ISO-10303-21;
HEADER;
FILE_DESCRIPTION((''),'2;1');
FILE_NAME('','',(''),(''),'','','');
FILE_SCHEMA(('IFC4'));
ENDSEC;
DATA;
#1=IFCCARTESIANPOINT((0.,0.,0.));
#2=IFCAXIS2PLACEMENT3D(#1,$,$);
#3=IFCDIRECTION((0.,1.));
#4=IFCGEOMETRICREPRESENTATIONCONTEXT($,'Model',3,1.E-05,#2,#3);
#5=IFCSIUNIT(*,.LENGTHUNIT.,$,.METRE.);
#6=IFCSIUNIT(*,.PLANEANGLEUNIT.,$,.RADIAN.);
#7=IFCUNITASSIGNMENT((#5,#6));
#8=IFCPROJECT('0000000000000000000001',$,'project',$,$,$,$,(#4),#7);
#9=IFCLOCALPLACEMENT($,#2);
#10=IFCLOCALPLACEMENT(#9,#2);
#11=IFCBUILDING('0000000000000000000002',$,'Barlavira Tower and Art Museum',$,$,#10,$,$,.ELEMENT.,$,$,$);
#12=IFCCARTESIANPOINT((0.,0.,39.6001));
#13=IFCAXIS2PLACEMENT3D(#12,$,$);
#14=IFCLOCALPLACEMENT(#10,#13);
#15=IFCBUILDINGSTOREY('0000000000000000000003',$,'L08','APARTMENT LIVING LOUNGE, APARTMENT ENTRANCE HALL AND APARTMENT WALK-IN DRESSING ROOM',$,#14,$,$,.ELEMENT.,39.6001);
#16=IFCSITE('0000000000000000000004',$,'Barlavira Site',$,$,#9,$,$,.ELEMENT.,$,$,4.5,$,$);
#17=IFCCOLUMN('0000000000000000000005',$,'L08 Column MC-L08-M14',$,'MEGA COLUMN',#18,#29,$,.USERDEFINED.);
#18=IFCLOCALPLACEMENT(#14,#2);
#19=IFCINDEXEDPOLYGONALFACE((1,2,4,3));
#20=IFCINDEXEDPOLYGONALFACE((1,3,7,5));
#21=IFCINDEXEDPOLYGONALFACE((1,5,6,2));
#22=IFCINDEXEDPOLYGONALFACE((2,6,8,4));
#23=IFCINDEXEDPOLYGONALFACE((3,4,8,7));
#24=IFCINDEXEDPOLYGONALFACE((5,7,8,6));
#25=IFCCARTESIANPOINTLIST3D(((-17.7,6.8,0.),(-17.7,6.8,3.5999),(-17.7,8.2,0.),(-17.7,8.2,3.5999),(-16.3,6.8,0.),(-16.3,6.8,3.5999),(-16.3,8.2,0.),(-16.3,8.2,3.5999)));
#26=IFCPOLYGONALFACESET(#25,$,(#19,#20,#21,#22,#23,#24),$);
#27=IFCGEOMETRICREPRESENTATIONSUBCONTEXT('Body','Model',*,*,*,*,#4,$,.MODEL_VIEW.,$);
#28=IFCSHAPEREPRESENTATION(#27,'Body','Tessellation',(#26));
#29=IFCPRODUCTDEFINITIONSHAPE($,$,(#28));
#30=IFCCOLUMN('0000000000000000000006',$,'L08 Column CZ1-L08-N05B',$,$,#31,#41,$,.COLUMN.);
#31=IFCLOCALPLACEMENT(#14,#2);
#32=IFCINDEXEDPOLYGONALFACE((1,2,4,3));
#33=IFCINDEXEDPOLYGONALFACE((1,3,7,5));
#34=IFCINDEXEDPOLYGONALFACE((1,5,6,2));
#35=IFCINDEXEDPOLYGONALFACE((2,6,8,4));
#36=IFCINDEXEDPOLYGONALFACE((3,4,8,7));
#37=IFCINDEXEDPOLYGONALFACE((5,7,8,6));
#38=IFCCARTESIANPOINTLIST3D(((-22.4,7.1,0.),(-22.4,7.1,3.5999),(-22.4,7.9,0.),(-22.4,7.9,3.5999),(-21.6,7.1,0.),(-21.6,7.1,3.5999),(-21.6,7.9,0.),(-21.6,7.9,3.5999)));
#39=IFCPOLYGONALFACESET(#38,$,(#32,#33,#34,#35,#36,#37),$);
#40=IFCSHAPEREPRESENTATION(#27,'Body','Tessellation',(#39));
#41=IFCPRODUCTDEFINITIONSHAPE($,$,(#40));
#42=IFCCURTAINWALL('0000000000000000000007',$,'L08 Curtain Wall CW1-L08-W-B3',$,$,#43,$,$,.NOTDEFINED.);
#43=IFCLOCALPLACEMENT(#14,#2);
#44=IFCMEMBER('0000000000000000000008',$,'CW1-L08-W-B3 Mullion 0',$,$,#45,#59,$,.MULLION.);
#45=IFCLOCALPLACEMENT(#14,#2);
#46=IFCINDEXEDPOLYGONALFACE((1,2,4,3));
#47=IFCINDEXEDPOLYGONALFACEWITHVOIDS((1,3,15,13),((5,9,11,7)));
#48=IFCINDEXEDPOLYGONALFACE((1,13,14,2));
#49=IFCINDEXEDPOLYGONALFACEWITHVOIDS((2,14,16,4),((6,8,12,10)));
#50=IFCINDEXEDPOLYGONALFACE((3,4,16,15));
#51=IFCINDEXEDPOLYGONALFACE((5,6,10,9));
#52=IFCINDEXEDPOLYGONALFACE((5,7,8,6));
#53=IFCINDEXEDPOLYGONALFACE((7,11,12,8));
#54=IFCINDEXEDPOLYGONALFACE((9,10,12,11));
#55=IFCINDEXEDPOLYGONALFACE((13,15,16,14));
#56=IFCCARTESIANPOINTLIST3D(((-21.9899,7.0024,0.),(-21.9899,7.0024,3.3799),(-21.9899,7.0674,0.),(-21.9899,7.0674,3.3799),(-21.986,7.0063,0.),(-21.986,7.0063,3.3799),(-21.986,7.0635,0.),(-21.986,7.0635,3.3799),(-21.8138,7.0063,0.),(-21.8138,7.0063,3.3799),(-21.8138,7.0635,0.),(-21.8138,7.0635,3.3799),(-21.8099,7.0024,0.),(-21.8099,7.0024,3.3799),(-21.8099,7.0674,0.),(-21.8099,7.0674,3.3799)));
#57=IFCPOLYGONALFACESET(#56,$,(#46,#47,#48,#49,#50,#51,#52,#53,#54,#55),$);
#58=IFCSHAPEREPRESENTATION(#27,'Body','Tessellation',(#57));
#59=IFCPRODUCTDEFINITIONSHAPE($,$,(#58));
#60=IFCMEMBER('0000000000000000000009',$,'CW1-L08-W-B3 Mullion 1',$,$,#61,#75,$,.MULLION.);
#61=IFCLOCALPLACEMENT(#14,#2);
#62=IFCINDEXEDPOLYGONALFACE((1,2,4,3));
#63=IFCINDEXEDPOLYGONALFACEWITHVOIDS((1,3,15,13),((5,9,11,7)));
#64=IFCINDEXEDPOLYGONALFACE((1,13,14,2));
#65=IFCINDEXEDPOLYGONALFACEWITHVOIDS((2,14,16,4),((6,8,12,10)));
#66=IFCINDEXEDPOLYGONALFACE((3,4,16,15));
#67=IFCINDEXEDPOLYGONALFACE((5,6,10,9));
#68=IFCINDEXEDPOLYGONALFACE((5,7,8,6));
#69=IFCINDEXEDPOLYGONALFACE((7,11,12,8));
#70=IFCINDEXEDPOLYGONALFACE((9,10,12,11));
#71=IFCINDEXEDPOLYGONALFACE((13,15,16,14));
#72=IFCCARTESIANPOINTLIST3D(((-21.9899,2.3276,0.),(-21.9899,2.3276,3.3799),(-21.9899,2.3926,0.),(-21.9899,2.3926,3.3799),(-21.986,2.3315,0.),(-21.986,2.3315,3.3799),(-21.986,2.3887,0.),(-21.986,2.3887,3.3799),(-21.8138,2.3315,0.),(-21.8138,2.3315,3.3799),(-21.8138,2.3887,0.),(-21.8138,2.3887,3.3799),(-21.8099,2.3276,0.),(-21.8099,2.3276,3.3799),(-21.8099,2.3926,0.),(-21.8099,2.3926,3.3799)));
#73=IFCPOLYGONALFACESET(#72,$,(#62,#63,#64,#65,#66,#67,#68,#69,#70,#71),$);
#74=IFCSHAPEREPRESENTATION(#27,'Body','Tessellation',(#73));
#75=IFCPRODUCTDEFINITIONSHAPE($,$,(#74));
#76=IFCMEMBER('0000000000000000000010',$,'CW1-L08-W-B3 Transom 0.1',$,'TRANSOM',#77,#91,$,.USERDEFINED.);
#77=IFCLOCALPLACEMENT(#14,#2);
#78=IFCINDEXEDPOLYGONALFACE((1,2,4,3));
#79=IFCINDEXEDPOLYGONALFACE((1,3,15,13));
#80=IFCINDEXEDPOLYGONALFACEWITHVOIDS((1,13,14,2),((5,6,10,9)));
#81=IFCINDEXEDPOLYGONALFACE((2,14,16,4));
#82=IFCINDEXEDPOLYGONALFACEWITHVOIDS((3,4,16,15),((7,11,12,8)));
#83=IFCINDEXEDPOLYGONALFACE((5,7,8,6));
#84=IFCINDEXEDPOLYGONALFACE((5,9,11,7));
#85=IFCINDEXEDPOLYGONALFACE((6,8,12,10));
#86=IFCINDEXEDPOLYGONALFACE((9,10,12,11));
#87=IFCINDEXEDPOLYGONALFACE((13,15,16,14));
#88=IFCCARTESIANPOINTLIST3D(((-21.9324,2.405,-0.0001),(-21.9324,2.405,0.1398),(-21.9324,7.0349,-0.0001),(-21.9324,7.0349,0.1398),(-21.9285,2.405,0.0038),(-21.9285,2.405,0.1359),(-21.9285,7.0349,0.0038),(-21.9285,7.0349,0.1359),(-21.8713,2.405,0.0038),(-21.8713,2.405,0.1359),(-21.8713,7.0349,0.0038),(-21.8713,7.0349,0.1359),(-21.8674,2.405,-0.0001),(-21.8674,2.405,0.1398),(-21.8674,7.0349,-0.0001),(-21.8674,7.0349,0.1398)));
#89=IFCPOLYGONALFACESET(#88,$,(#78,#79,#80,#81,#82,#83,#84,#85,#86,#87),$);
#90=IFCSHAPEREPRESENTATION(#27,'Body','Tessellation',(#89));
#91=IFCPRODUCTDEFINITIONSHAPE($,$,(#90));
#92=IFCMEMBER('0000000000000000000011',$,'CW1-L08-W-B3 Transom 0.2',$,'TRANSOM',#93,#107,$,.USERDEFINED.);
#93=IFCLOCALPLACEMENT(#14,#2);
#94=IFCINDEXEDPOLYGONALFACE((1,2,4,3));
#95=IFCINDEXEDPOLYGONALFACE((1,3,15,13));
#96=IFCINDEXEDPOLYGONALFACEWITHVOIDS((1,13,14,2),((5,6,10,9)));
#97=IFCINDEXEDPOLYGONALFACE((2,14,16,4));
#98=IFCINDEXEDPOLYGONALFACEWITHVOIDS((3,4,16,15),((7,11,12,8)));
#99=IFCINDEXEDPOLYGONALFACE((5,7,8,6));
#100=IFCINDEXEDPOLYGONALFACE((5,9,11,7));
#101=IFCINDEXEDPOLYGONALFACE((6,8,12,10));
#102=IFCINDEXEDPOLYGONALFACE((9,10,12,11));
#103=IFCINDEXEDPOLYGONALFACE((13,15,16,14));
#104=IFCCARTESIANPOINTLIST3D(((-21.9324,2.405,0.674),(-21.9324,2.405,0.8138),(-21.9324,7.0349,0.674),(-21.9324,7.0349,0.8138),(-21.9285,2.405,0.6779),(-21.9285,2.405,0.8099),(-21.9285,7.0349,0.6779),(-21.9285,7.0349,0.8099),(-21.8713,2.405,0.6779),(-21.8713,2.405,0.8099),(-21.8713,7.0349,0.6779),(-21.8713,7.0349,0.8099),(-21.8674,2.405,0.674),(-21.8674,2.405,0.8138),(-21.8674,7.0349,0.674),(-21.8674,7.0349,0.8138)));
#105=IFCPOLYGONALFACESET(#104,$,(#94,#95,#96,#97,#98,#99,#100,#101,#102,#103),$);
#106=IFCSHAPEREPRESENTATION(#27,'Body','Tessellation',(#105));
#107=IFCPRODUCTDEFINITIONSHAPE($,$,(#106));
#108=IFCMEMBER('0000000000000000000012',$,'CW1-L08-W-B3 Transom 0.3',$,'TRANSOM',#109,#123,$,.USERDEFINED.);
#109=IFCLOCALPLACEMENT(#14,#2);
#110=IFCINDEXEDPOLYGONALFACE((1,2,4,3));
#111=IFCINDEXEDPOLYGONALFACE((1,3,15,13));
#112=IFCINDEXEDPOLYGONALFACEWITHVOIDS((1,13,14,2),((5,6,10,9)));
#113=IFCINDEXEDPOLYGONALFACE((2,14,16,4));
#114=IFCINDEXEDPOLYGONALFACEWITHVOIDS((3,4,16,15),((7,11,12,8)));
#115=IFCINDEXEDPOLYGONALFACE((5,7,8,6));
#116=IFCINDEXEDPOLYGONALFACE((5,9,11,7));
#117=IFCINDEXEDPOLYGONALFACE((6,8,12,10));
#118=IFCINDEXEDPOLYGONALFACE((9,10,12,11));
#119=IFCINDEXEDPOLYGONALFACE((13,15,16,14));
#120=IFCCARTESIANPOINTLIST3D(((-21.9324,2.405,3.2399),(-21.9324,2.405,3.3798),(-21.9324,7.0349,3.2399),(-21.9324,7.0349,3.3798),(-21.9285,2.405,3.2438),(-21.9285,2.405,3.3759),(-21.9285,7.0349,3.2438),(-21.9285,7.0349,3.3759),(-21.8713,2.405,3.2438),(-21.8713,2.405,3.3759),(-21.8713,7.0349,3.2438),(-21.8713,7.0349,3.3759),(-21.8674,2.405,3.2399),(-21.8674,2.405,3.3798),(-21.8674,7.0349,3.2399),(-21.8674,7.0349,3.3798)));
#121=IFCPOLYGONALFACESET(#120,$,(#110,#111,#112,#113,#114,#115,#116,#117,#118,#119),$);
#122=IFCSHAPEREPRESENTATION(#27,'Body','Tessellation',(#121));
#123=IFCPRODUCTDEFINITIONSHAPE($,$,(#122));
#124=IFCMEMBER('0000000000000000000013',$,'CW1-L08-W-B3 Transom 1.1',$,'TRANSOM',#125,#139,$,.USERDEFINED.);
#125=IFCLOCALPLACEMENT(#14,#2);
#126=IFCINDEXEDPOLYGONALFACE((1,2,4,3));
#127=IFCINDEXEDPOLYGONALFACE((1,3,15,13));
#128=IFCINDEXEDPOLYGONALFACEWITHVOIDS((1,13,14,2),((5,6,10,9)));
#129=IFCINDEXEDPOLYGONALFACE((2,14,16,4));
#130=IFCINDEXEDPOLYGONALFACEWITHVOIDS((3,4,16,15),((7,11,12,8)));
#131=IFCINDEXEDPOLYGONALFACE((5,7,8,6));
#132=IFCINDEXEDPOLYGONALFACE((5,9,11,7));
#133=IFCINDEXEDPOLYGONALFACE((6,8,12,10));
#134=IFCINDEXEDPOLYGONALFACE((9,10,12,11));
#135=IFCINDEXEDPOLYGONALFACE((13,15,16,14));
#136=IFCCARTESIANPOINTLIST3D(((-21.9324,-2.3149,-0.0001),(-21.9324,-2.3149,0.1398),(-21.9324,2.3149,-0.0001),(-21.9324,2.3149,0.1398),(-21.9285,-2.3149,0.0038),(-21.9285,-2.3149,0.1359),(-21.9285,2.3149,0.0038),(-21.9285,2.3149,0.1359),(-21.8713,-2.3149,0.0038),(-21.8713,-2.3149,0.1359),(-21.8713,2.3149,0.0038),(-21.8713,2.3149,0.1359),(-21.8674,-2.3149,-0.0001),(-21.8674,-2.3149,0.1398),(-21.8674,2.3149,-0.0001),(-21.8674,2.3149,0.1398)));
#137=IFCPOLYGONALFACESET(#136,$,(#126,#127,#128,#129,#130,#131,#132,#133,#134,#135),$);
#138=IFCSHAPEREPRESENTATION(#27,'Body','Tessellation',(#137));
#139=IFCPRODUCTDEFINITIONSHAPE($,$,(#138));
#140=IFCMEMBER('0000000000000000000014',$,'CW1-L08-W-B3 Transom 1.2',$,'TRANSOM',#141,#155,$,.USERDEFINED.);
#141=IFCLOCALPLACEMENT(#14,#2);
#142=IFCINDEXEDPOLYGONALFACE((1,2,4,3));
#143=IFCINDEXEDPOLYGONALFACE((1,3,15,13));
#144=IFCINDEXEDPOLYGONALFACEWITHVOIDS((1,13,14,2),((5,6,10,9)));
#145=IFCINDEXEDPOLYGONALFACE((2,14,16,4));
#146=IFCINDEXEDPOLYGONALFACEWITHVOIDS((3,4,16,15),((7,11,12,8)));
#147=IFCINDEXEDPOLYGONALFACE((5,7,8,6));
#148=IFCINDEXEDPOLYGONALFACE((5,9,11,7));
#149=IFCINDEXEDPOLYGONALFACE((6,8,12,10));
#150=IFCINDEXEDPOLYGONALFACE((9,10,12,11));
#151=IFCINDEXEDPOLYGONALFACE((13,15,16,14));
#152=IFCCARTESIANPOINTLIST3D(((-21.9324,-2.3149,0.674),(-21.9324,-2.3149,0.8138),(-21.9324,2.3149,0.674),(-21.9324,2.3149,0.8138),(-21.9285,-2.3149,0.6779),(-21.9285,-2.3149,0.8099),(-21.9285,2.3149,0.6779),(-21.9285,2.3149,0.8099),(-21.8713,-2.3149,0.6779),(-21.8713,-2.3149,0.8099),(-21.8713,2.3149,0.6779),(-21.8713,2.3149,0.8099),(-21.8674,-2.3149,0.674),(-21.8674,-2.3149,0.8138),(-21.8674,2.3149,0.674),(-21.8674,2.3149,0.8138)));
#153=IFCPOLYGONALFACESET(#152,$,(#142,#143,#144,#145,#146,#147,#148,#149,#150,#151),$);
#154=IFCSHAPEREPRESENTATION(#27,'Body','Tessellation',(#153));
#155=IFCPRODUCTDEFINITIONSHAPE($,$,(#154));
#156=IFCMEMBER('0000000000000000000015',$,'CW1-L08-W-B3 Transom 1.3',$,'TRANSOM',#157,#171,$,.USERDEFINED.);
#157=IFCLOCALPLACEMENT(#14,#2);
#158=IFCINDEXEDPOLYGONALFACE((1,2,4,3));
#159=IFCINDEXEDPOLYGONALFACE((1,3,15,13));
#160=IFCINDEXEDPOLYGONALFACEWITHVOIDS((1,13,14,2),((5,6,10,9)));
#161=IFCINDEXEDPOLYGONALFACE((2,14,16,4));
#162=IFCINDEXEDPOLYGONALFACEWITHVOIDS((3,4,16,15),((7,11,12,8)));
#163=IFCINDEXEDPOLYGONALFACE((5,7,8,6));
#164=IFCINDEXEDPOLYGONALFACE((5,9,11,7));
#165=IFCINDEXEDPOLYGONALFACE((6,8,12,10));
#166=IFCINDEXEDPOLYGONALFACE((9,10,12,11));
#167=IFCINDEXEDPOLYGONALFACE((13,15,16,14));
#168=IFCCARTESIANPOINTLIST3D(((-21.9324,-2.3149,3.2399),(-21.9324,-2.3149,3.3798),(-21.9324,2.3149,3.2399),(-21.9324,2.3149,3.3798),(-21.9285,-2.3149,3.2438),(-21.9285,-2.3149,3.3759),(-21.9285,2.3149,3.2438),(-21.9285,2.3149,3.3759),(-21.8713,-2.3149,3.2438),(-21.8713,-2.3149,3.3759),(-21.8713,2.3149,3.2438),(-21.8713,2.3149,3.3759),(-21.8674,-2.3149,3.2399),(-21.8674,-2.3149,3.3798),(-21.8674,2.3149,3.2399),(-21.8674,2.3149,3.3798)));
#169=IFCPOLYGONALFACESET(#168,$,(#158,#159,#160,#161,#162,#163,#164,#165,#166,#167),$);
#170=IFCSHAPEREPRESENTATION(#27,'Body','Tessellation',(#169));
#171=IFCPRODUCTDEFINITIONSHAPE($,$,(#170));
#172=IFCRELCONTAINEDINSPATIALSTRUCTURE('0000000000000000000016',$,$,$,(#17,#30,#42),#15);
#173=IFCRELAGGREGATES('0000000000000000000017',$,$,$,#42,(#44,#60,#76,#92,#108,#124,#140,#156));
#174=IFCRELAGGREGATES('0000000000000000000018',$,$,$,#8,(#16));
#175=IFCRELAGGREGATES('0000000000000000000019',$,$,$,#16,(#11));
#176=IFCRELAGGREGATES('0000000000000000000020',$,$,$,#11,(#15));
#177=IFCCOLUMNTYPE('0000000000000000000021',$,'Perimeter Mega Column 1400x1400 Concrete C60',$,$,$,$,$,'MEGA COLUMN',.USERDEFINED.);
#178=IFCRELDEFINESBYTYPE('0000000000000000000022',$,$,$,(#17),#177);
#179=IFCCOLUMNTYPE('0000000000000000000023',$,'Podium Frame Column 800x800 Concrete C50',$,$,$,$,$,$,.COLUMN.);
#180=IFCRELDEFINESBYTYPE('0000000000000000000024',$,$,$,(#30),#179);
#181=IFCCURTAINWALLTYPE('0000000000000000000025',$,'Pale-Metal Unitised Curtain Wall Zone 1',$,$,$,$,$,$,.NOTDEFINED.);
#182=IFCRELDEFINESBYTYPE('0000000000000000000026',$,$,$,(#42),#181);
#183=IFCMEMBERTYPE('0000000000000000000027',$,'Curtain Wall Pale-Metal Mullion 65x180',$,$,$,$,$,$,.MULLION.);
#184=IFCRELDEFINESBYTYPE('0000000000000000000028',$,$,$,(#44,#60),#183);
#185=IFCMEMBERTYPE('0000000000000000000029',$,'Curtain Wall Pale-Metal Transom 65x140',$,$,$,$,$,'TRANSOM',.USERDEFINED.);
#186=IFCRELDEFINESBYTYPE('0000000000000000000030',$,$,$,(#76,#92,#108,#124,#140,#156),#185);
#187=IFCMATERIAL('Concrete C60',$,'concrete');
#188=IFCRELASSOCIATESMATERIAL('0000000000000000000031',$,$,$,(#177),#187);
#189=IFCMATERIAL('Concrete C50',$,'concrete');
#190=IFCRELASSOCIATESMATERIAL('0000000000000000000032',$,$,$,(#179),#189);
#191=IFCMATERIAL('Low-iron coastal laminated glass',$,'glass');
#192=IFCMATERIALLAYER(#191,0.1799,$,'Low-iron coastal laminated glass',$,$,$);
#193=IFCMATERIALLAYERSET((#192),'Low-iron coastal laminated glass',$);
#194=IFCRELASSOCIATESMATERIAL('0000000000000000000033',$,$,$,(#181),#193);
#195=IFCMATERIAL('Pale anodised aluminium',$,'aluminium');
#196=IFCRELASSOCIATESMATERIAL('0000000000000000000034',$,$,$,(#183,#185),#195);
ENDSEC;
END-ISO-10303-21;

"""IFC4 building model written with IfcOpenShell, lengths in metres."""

from ifc_helpers import new_model, si_unit, direction, frame, origin, origin_2d, place, context, subcontext, project, spatial, rectangle, hollow_rectangle, extrude, material, layer, layer_set, material_profile, profile_set, type_object, element, aggregate, save


model = new_model("IFC4")

# Units and contexts
model_context = context("Model", 3, precision=1e-05, world=origin(), true_north=direction((0.0, 1.0)))
body_context = subcontext(model_context, "Body", "Model", "MODEL_VIEW")
ifc_project = project(units=[si_unit("LENGTHUNIT", "METRE"), si_unit("PLANEANGLEUNIT", "RADIAN")], contexts=[model_context])

# Site, building, storey
site_placement = place(None, origin())
site = spatial("IfcSite", under=ifc_project, at=site_placement, Name="Barlavira Site", CompositionType="ELEMENT", RefElevation=4.5)
building_placement = place(site_placement, origin())
building = spatial("IfcBuilding", under=site, at=building_placement, Name="Barlavira Tower and Art Museum", CompositionType="ELEMENT")
storey_placement = place(building_placement, frame((0.0, 0.0, 39.6001)))
storey = spatial("IfcBuildingStorey", under=building, at=storey_placement, Name="L08", Description="APARTMENT LIVING LOUNGE, APARTMENT ENTRANCE HALL AND APARTMENT WALK-IN DRESSING ROOM", CompositionType="ELEMENT", Elevation=39.6001)

# Columns
ifc_material_1 = material(Name="Concrete C60", Category="concrete")
ifc_material_profile_1 = material_profile(ifc_material_1, rectangle(XDim=1.3999, YDim=1.3999, at=origin_2d()), Name="RC-MCOL 1400x1400")
ifc_profile_set_1 = profile_set([ifc_material_profile_1], Name="Concrete C60")
column_type_1 = type_object("IfcColumnType", Name="Perimeter Mega Column 1400x1400 Concrete C60", ElementType="MEGA COLUMN", PredefinedType="USERDEFINED", material=ifc_profile_set_1)
column_1_placement = place(storey_placement, frame((-17.0, 7.5, 0.0), z_axis=(0.0, 0.0, 1.0), x_axis=(1.0, 0.0, 0.0)))
element("IfcColumn", 1, at=column_1_placement, inside=storey, type_object=column_type_1, Name="L08 Column MC-L08-M14", ObjectType="MEGA COLUMN", PredefinedType="USERDEFINED", context=body_context, shape_type="SweptSolid", body=[
    extrude(rectangle(XDim=1.3999, YDim=1.3999, at=origin_2d()), origin(), (0.0, 0.0, 1.0), 3.5999),
])
ifc_material_2 = material(Name="Concrete C50", Category="concrete")
ifc_material_profile_2 = material_profile(ifc_material_2, rectangle(XDim=0.8, YDim=0.8, at=origin_2d()), Name="RC-COL 800x800")
ifc_profile_set_2 = profile_set([ifc_material_profile_2], Name="Concrete C50")
column_type_2 = type_object("IfcColumnType", Name="Podium Frame Column 800x800 Concrete C50", PredefinedType="COLUMN", material=ifc_profile_set_2)
column_2_placement = place(storey_placement, frame((-22.0, 7.5, 0.0), z_axis=(0.0, 0.0, 1.0), x_axis=(1.0, 0.0, 0.0)))
element("IfcColumn", 2, at=column_2_placement, inside=storey, type_object=column_type_2, Name="L08 Column CZ1-L08-N05B", PredefinedType="COLUMN", context=body_context, shape_type="SweptSolid", body=[
    extrude(rectangle(XDim=0.8, YDim=0.8, at=origin_2d()), origin(), (0.0, 0.0, 1.0), 3.5999),
])

# Curtain wall, members
ifc_material_3 = material(Name="Low-iron coastal laminated glass", Category="glass")
ifc_layer_1 = layer(ifc_material_3, 0.1799, Name="Low-iron coastal laminated glass")
ifc_layer_set_1 = layer_set([ifc_layer_1], Name="Low-iron coastal laminated glass")
curtain_wall_type = type_object("IfcCurtainWallType", Name="Pale-Metal Unitised Curtain Wall Zone 1", PredefinedType="NOTDEFINED", material=ifc_layer_set_1)
curtain_wall_placement = place(storey_placement, origin())
curtain_wall = element("IfcCurtainWall", 3, at=curtain_wall_placement, inside=storey, type_object=curtain_wall_type, Name="L08 Curtain Wall CW1-L08-W-B3", PredefinedType="NOTDEFINED")
ifc_material_4 = material(Name="Pale anodised aluminium", Category="aluminium")
ifc_material_profile_3 = material_profile(ifc_material_4, hollow_rectangle(XDim=0.0649, YDim=0.1799, WallThickness=0.0039, at=origin_2d()), Name="ALU-MULL 65x180x4")
ifc_profile_set_3 = profile_set([ifc_material_profile_3], Name="Pale anodised aluminium")
member_type_1 = type_object("IfcMemberType", Name="Curtain Wall Pale-Metal Mullion 65x180", PredefinedType="MULLION", material=ifc_profile_set_3)
member_1_placement = place(storey_placement, frame((-21.8999, 7.0349, 0.0), z_axis=(0.0, 0.0, 1.0), x_axis=(0.0, -1.0, 0.0)))
member_1 = element("IfcMember", 4, at=member_1_placement, type_object=member_type_1, Name="CW1-L08-W-B3 Mullion 0", PredefinedType="MULLION", context=body_context, shape_type="SweptSolid", body=[
    extrude(hollow_rectangle(XDim=0.0649, YDim=0.1799, WallThickness=0.0039, at=origin_2d()), origin(), (0.0, 0.0, 1.0), 3.3799),
])
member_2_placement = place(storey_placement, frame((-21.8999, 2.3601, 0.0), z_axis=(0.0, 0.0, 1.0), x_axis=(0.0, -1.0, 0.0)))
member_2 = element("IfcMember", 5, at=member_2_placement, type_object=member_type_1, Name="CW1-L08-W-B3 Mullion 1", PredefinedType="MULLION", context=body_context, shape_type="SweptSolid", body=[
    extrude(hollow_rectangle(XDim=0.0649, YDim=0.1799, WallThickness=0.0039, at=origin_2d()), origin(), (0.0, 0.0, 1.0), 3.3799),
])
ifc_material_profile_4 = material_profile(ifc_material_4, hollow_rectangle(XDim=0.0649, YDim=0.1399, WallThickness=0.0039, at=origin_2d()), Name="ALU-TRAN 65x140x4")
ifc_profile_set_4 = profile_set([ifc_material_profile_4], Name="Pale anodised aluminium")
member_type_2 = type_object("IfcMemberType", Name="Curtain Wall Pale-Metal Transom 65x140", ElementType="TRANSOM", PredefinedType="USERDEFINED", material=ifc_profile_set_4)
member_3_placement = place(storey_placement, frame((-21.8999, 7.0349, 0.0698), z_axis=(0.0, -1.0, 0.0), x_axis=(1.0, 0.0, 0.0)))
member_3 = element("IfcMember", 6, at=member_3_placement, type_object=member_type_2, Name="CW1-L08-W-B3 Transom 0.1", ObjectType="TRANSOM", PredefinedType="USERDEFINED", context=body_context, shape_type="SweptSolid", body=[
    extrude(hollow_rectangle(XDim=0.0649, YDim=0.1399, WallThickness=0.0039, at=origin_2d()), origin(), (0.0, 0.0, 1.0), 4.6299),
])
member_4_placement = place(storey_placement, frame((-21.8999, 7.0349, 0.7439), z_axis=(0.0, -1.0, 0.0), x_axis=(1.0, 0.0, 0.0)))
member_4 = element("IfcMember", 7, at=member_4_placement, type_object=member_type_2, Name="CW1-L08-W-B3 Transom 0.2", ObjectType="TRANSOM", PredefinedType="USERDEFINED", context=body_context, shape_type="SweptSolid", body=[
    extrude(hollow_rectangle(XDim=0.0649, YDim=0.1399, WallThickness=0.0039, at=origin_2d()), origin(), (0.0, 0.0, 1.0), 4.6299),
])
member_5_placement = place(storey_placement, frame((-21.8999, 7.0349, 3.3098), z_axis=(0.0, -1.0, 0.0), x_axis=(1.0, 0.0, 0.0)))
member_5 = element("IfcMember", 8, at=member_5_placement, type_object=member_type_2, Name="CW1-L08-W-B3 Transom 0.3", ObjectType="TRANSOM", PredefinedType="USERDEFINED", context=body_context, shape_type="SweptSolid", body=[
    extrude(hollow_rectangle(XDim=0.0649, YDim=0.1399, WallThickness=0.0039, at=origin_2d()), origin(), (0.0, 0.0, 1.0), 4.6299),
])
member_6_placement = place(storey_placement, frame((-21.8999, 2.3149, 0.0698), z_axis=(0.0, -1.0, 0.0), x_axis=(1.0, 0.0, 0.0)))
member_6 = element("IfcMember", 9, at=member_6_placement, type_object=member_type_2, Name="CW1-L08-W-B3 Transom 1.1", ObjectType="TRANSOM", PredefinedType="USERDEFINED", context=body_context, shape_type="SweptSolid", body=[
    extrude(hollow_rectangle(XDim=0.0649, YDim=0.1399, WallThickness=0.0039, at=origin_2d()), origin(), (0.0, 0.0, 1.0), 4.6299),
])
member_7_placement = place(storey_placement, frame((-21.8999, 2.3149, 0.7439), z_axis=(0.0, -1.0, 0.0), x_axis=(1.0, 0.0, 0.0)))
member_7 = element("IfcMember", 10, at=member_7_placement, type_object=member_type_2, Name="CW1-L08-W-B3 Transom 1.2", ObjectType="TRANSOM", PredefinedType="USERDEFINED", context=body_context, shape_type="SweptSolid", body=[
    extrude(hollow_rectangle(XDim=0.0649, YDim=0.1399, WallThickness=0.0039, at=origin_2d()), origin(), (0.0, 0.0, 1.0), 4.6299),
])
member_8_placement = place(storey_placement, frame((-21.8999, 2.3149, 3.3098), z_axis=(0.0, -1.0, 0.0), x_axis=(1.0, 0.0, 0.0)))
member_8 = element("IfcMember", 11, at=member_8_placement, type_object=member_type_2, Name="CW1-L08-W-B3 Transom 1.3", ObjectType="TRANSOM", PredefinedType="USERDEFINED", context=body_context, shape_type="SweptSolid", body=[
    extrude(hollow_rectangle(XDim=0.0649, YDim=0.1399, WallThickness=0.0039, at=origin_2d()), origin(), (0.0, 0.0, 1.0), 4.6299),
])

aggregate(curtain_wall, [member_1, member_2, member_3, member_4, member_5, member_6, member_7, member_8])

save(model, "model.ifc")
